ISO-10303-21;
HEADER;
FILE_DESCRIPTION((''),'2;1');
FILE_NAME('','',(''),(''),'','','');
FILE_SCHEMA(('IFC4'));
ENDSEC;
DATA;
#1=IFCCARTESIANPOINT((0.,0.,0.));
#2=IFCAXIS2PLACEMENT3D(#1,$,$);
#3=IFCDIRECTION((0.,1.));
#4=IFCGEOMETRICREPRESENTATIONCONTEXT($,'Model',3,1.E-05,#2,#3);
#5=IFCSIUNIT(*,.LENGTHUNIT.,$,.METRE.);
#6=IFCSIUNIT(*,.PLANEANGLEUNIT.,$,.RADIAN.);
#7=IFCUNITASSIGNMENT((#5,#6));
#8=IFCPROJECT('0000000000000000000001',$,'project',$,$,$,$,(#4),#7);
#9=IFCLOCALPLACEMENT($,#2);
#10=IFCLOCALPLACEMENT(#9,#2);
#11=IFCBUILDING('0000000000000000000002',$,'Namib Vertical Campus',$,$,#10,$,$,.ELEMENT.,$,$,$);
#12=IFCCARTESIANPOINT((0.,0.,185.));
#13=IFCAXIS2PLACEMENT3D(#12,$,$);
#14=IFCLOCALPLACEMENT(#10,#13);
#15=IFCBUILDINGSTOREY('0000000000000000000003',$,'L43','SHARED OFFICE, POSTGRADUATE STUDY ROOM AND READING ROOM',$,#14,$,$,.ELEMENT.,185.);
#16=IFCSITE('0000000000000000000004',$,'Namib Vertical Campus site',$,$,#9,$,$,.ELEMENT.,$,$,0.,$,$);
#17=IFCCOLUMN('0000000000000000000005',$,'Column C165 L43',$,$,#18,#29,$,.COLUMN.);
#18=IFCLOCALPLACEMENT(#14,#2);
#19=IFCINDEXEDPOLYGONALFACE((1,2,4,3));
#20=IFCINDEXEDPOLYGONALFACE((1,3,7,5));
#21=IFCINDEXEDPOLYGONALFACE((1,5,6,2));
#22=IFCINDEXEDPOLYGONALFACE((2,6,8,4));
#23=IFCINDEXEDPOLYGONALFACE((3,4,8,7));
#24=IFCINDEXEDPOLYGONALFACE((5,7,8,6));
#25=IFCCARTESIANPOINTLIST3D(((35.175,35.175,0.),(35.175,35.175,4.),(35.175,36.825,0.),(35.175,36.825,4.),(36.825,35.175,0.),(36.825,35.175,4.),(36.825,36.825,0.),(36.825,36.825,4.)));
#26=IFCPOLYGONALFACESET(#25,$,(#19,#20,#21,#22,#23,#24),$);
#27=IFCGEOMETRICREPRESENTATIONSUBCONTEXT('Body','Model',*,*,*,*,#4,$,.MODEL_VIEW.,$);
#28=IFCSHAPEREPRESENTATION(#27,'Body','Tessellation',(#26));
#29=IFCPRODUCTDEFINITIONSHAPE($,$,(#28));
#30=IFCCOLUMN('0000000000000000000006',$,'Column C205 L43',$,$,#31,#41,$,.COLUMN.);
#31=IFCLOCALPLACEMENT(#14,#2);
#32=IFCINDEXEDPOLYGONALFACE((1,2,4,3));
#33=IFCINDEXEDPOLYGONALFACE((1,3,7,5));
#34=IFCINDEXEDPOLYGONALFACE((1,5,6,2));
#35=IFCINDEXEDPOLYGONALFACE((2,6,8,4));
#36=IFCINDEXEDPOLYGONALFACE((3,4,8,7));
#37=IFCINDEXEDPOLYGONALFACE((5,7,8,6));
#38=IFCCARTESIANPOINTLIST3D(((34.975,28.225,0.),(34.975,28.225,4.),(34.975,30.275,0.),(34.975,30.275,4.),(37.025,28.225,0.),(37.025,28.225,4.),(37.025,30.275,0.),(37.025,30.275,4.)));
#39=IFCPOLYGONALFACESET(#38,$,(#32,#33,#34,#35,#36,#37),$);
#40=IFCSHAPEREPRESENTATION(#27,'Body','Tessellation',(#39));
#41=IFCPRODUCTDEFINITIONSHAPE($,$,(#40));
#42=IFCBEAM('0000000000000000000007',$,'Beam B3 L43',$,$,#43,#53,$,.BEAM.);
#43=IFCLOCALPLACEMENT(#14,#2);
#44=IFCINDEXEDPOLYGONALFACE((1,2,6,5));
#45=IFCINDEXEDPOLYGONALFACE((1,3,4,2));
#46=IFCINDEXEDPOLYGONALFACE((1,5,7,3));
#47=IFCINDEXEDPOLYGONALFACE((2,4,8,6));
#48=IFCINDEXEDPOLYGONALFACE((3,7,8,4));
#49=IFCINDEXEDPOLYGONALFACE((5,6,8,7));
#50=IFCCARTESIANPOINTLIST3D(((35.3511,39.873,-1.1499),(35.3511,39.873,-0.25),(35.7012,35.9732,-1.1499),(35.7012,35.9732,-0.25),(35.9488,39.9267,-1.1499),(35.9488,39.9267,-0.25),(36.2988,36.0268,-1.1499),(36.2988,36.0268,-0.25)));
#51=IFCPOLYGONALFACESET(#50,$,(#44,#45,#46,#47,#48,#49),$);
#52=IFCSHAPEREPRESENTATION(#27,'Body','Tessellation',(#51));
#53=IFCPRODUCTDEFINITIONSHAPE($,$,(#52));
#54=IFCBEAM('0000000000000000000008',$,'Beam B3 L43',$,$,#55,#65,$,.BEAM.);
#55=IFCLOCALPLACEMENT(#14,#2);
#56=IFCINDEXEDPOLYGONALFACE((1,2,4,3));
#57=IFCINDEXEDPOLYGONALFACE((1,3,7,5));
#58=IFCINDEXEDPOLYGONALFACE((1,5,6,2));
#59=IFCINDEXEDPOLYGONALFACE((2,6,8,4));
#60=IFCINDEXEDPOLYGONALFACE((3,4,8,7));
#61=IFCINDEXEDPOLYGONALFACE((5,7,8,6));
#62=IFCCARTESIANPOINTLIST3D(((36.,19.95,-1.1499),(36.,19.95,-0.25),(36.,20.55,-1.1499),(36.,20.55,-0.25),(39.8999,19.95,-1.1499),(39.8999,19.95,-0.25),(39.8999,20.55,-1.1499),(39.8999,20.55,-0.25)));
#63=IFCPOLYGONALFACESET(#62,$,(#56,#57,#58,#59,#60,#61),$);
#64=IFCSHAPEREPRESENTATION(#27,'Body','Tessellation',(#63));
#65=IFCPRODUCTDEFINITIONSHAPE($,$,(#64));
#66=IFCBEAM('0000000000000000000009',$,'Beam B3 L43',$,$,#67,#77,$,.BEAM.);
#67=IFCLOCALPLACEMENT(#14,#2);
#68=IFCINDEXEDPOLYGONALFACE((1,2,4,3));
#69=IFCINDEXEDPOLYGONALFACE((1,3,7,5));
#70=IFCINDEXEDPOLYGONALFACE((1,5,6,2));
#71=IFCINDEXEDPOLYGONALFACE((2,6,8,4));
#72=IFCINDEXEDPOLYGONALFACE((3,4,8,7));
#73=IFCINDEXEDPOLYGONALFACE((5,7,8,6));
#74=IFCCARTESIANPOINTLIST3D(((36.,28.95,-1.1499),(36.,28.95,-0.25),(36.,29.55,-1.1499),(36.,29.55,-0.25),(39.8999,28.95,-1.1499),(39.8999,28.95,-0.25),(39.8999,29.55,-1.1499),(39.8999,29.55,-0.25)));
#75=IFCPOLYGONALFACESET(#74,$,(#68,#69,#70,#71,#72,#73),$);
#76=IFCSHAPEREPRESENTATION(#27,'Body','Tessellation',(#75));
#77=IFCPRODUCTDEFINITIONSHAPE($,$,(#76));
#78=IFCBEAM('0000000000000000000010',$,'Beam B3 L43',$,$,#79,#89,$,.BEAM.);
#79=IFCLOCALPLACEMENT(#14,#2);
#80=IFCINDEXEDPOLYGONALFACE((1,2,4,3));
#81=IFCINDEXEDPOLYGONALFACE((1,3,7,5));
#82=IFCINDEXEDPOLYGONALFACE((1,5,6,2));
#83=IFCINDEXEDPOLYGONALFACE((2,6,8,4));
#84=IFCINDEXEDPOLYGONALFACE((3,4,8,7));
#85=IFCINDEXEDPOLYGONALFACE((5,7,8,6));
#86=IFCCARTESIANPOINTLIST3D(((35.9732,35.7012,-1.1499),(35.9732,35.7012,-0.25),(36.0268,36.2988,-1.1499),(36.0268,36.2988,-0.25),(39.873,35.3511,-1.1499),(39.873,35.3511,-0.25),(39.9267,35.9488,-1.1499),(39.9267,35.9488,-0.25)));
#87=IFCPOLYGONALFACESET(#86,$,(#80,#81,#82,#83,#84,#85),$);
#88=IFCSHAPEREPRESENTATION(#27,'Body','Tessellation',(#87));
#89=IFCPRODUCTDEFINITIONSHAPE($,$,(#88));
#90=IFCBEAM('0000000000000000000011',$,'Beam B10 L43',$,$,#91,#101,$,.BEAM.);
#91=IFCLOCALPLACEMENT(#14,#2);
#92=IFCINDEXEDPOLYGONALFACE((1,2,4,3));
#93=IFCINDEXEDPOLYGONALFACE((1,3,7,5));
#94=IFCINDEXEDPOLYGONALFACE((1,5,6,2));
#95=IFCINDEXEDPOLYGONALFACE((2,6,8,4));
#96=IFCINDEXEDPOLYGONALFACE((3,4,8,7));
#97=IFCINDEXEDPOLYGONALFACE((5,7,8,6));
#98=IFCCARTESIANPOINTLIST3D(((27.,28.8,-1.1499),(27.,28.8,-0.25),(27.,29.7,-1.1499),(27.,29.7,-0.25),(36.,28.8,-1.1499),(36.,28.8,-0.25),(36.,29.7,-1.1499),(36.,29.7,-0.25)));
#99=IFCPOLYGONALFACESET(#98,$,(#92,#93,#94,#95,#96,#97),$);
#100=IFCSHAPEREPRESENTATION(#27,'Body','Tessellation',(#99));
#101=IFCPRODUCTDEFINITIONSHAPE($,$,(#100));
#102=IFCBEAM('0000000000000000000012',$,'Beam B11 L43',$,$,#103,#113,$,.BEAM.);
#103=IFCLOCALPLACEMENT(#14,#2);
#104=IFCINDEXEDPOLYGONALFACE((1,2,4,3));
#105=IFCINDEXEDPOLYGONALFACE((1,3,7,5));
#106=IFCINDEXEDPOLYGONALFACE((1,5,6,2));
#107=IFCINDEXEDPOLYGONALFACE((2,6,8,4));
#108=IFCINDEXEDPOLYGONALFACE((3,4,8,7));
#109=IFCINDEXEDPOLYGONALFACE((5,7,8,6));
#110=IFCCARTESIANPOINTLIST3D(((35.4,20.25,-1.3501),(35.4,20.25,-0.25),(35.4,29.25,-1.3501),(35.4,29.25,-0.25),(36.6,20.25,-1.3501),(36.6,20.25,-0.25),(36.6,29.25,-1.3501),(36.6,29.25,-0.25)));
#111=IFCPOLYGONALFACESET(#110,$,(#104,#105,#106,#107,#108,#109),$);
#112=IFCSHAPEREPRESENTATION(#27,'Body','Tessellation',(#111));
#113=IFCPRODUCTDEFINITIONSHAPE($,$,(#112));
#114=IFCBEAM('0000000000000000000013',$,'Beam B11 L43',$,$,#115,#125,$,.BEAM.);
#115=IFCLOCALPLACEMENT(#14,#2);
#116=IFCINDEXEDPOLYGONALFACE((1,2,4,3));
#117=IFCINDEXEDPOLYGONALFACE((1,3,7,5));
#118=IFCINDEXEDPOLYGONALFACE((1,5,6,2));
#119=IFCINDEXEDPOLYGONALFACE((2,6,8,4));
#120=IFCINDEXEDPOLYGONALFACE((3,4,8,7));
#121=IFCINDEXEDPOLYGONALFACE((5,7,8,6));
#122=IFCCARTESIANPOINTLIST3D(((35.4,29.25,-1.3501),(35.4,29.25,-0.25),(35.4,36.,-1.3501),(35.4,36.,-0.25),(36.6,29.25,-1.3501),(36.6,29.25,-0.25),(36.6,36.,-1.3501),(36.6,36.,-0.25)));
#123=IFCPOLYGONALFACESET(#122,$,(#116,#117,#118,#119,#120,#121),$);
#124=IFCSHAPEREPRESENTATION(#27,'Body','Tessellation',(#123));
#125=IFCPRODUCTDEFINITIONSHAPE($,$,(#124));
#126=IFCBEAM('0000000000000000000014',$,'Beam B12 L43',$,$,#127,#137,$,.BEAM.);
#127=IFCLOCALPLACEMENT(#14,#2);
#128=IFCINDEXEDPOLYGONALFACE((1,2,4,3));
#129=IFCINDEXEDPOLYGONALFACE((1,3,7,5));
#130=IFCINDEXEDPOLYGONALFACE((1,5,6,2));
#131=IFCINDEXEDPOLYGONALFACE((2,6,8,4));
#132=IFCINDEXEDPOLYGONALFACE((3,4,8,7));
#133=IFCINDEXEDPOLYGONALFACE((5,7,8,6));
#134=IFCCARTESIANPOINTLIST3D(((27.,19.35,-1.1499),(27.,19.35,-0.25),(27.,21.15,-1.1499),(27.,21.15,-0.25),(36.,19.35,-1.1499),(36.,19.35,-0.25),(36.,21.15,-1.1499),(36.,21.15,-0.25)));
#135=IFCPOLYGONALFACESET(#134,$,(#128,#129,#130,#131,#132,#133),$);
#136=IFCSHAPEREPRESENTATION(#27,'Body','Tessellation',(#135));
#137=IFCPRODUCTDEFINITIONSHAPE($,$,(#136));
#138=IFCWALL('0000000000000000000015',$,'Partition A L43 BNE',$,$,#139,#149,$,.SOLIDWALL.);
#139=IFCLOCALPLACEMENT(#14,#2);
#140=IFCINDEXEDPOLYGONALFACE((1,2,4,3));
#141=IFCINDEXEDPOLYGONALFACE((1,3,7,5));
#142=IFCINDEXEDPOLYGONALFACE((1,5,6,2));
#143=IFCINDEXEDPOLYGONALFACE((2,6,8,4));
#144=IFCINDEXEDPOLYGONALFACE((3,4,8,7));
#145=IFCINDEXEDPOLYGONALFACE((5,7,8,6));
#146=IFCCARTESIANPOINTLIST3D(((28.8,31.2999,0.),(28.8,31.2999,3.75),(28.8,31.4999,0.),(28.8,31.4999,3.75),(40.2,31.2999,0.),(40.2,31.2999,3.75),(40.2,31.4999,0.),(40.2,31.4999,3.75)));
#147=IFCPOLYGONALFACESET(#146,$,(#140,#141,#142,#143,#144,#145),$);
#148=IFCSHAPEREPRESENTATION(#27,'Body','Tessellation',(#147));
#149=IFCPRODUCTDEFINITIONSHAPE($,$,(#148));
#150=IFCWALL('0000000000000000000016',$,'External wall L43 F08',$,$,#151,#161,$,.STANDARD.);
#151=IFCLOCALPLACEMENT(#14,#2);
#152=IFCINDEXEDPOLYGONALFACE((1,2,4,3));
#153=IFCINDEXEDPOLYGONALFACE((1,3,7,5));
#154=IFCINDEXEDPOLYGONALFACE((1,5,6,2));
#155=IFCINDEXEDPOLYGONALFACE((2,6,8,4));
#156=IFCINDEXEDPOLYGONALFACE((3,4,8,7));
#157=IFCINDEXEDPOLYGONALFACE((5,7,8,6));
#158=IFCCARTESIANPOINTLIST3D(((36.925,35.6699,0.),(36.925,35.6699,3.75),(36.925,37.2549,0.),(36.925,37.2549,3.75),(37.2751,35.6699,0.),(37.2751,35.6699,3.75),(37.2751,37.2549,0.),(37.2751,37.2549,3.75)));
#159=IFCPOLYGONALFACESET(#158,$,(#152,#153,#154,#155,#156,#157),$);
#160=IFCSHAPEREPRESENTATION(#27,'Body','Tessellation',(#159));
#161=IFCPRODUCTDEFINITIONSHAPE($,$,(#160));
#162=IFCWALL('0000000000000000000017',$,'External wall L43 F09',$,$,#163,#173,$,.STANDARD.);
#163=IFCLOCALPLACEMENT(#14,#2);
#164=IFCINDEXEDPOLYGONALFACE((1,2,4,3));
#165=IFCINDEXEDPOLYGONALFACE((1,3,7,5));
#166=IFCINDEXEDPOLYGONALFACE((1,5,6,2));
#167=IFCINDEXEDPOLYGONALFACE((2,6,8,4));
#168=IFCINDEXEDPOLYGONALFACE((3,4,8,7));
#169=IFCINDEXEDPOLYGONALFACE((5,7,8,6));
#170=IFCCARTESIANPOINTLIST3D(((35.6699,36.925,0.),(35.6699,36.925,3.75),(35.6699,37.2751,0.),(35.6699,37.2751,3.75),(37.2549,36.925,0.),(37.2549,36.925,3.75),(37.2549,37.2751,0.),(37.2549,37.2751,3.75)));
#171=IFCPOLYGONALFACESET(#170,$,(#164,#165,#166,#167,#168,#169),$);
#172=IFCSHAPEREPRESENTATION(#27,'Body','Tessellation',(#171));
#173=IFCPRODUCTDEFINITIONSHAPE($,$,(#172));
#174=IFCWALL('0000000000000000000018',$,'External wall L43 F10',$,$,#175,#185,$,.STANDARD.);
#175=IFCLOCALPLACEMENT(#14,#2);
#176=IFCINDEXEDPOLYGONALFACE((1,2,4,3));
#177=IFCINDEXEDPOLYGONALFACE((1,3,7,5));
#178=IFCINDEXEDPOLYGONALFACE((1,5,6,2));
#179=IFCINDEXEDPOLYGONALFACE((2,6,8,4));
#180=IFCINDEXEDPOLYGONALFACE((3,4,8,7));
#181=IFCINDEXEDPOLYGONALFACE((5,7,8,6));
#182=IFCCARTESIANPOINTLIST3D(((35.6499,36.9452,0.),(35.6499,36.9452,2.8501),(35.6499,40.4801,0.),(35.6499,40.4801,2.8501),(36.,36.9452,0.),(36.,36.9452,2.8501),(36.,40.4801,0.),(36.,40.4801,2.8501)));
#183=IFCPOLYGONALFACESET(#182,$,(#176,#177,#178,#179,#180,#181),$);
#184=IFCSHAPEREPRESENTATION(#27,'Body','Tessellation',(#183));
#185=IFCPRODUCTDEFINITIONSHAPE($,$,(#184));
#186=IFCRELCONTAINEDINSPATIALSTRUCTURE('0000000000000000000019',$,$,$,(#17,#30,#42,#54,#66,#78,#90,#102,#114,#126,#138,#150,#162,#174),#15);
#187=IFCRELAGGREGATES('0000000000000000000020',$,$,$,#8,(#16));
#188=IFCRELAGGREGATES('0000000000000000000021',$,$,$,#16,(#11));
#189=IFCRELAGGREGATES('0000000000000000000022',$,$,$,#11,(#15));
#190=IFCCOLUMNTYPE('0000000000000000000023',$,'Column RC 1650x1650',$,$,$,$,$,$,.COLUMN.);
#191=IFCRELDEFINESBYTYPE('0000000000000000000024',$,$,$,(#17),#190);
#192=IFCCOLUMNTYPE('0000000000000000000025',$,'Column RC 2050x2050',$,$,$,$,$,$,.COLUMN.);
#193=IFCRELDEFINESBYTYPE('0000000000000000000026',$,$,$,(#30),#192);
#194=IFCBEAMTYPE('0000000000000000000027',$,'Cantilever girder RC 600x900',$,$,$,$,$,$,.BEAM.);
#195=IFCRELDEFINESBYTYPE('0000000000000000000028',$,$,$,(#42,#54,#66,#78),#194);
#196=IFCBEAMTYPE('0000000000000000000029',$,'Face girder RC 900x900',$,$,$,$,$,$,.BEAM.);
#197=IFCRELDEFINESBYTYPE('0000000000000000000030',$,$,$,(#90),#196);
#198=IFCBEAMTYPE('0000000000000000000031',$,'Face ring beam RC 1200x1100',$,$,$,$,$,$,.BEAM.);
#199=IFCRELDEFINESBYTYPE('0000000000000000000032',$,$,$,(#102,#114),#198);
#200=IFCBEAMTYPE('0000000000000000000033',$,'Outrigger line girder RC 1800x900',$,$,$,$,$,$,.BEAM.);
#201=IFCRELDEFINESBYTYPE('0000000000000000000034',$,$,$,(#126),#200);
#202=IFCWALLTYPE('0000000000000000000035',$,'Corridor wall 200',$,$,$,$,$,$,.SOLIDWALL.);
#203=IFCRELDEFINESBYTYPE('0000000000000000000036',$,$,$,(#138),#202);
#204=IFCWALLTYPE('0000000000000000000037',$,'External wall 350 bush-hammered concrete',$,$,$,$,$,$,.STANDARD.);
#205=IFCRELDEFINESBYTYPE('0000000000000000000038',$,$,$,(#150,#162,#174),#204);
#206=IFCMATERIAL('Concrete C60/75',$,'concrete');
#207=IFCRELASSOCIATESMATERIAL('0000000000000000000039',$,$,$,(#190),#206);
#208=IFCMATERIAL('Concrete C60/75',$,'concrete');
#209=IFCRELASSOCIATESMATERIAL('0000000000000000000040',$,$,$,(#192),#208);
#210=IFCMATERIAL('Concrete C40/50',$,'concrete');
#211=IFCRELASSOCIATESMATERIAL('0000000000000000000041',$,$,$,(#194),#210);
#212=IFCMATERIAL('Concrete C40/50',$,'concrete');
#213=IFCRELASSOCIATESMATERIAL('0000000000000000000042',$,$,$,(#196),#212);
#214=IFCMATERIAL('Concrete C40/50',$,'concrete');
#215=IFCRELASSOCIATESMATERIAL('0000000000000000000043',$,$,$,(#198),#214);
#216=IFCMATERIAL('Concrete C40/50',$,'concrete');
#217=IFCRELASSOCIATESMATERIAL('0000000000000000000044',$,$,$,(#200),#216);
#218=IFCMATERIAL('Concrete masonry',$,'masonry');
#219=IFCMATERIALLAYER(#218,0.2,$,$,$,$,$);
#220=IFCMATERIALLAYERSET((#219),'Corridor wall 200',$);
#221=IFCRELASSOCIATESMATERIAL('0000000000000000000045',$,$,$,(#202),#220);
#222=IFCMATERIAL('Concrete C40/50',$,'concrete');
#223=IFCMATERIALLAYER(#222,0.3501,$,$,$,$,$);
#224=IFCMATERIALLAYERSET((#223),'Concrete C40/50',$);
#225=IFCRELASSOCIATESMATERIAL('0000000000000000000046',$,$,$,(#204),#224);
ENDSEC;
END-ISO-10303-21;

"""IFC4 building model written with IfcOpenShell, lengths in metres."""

from ifc_helpers import new_model, si_unit, direction, frame, frame_2d, origin, origin_2d, place, context, subcontext, project, spatial, rectangle, extrude, material, layer, layer_set, material_profile, profile_set, type_object, element, save


model = new_model("IFC4")

# Units and contexts
model_context = context("Model", 3, precision=1e-05, world=origin(), true_north=direction((0.0, 1.0)))
body_context = subcontext(model_context, "Body", "Model", "MODEL_VIEW")
ifc_project = project(units=[si_unit("LENGTHUNIT", "METRE"), si_unit("PLANEANGLEUNIT", "RADIAN")], contexts=[model_context])

# Site, building, storey
site_placement = place(None, origin())
site = spatial("IfcSite", under=ifc_project, at=site_placement, Name="Namib Vertical Campus site", CompositionType="ELEMENT", RefElevation=0.0)
building_placement = place(site_placement, origin())
building = spatial("IfcBuilding", under=site, at=building_placement, Name="Namib Vertical Campus", CompositionType="ELEMENT")
storey_placement = place(building_placement, frame((0.0, 0.0, 185.0)))
storey = spatial("IfcBuildingStorey", under=building, at=storey_placement, Name="L43", Description="SHARED OFFICE, POSTGRADUATE STUDY ROOM AND READING ROOM", CompositionType="ELEMENT", Elevation=185.0)

# Columns
ifc_material_1 = material(Name="Concrete C60/75", Category="concrete")
ifc_material_profile_1 = material_profile(ifc_material_1, rectangle(XDim=1.6499, YDim=1.6499, at=origin_2d()))
ifc_profile_set_1 = profile_set([ifc_material_profile_1], Name="Concrete C60/75")
column_type_1 = type_object("IfcColumnType", Name="Column RC 1650x1650", PredefinedType="COLUMN", material=ifc_profile_set_1)
column_1_placement = place(storey_placement, frame((36.0, 36.0, 0.0), z_axis=(0.0, 0.0, 1.0), x_axis=(1.0, 0.0, 0.0)))
element("IfcColumn", 1, at=column_1_placement, inside=storey, type_object=column_type_1, Name="Column C165 L43", PredefinedType="COLUMN", context=body_context, shape_type="SweptSolid", body=[
    extrude(rectangle(XDim=1.6499, YDim=1.6499, at=origin_2d()), origin(), (0.0, 0.0, 1.0), 4.0),
])
ifc_material_2 = material(Name="Concrete C60/75", Category="concrete")
ifc_material_profile_2 = material_profile(ifc_material_2, rectangle(XDim=2.05, YDim=2.05, at=origin_2d()))
ifc_profile_set_2 = profile_set([ifc_material_profile_2], Name="Concrete C60/75")
column_type_2 = type_object("IfcColumnType", Name="Column RC 2050x2050", PredefinedType="COLUMN", material=ifc_profile_set_2)
column_2_placement = place(storey_placement, frame((36.0, 29.25, 0.0), z_axis=(0.0, 0.0, 1.0), x_axis=(1.0, 0.0, 0.0)))
element("IfcColumn", 2, at=column_2_placement, inside=storey, type_object=column_type_2, Name="Column C205 L43", PredefinedType="COLUMN", context=body_context, shape_type="SweptSolid", body=[
    extrude(rectangle(XDim=2.05, YDim=2.05, at=origin_2d()), origin(), (0.0, 0.0, 1.0), 4.0),
])

# Beams
ifc_material_3 = material(Name="Concrete C40/50", Category="concrete")
ifc_material_profile_3 = material_profile(ifc_material_3, rectangle(XDim=0.6001, YDim=0.8999, at=origin_2d()))
ifc_profile_set_3 = profile_set([ifc_material_profile_3], Name="Concrete C40/50")
beam_type_1 = type_object("IfcBeamType", Name="Cantilever girder RC 600x900", PredefinedType="BEAM", material=ifc_profile_set_3)
beam_1_placement = place(storey_placement, frame((36.0, 36.0, -0.7), z_axis=(-0.089411, 0.995995, 0.0), x_axis=(-0.995995, -0.089411, 0.0)))
element("IfcBeam", 3, at=beam_1_placement, inside=storey, type_object=beam_type_1, Name="Beam B3 L43", PredefinedType="BEAM", context=body_context, shape_type="SweptSolid", body=[
    extrude(rectangle(XDim=0.6001, YDim=0.8999, at=origin_2d()), origin(), (0.0, 0.0, 1.0), 3.9155),
])
for number, where, z_axis, x_axis, name in (
    (4, (36.0, 20.25, -0.7), (1.0, 0.0, 0.0), (0.0, 1.0, 0.0), "Beam B3 L43"),
    (5, (36.0, 29.25, -0.7), (1.0, 0.0, 0.0), (0.0, 1.0, 0.0), "Beam B3 L43"),
):
    element("IfcBeam", number, at=place(storey_placement, frame(where, z_axis=z_axis, x_axis=x_axis)), inside=storey, type_object=beam_type_1, Name=name, PredefinedType="BEAM", context=body_context, shape_type="SweptSolid", body=[
        extrude(rectangle(XDim=0.6001, YDim=0.8999, at=origin_2d()), origin(), (0.0, 0.0, 1.0), 3.8999),
    ])
beam_2_placement = place(storey_placement, frame((36.0, 36.0, -0.7), z_axis=(0.995995, -0.089411, 0.0), x_axis=(0.089411, 0.995995, 0.0)))
element("IfcBeam", 6, at=beam_2_placement, inside=storey, type_object=beam_type_1, Name="Beam B3 L43", PredefinedType="BEAM", context=body_context, shape_type="SweptSolid", body=[
    extrude(rectangle(XDim=0.6001, YDim=0.8999, at=origin_2d()), origin(), (0.0, 0.0, 1.0), 3.9155),
])
ifc_material_4 = material(Name="Concrete C40/50", Category="concrete")
ifc_material_profile_4 = material_profile(ifc_material_4, rectangle(XDim=0.8999, YDim=0.8999, at=origin_2d()))
ifc_profile_set_4 = profile_set([ifc_material_profile_4], Name="Concrete C40/50")
beam_type_2 = type_object("IfcBeamType", Name="Face girder RC 900x900", PredefinedType="BEAM", material=ifc_profile_set_4)
beam_3_placement = place(storey_placement, frame((36.0, 29.25, -0.7), z_axis=(-1.0, 0.0, 0.0), x_axis=(0.0, -1.0, 0.0)))
element("IfcBeam", 7, at=beam_3_placement, inside=storey, type_object=beam_type_2, Name="Beam B10 L43", PredefinedType="BEAM", context=body_context, shape_type="SweptSolid", body=[
    extrude(rectangle(XDim=0.8999, YDim=0.8999, at=origin_2d()), origin(), (0.0, 0.0, 1.0), 9.0),
])
ifc_material_5 = material(Name="Concrete C40/50", Category="concrete")
ifc_material_profile_5 = material_profile(ifc_material_5, rectangle(XDim=1.2, YDim=1.1001, at=origin_2d()))
ifc_profile_set_5 = profile_set([ifc_material_profile_5], Name="Concrete C40/50")
beam_type_3 = type_object("IfcBeamType", Name="Face ring beam RC 1200x1100", PredefinedType="BEAM", material=ifc_profile_set_5)
beam_4_placement = place(storey_placement, frame((36.0, 20.25, -0.8), z_axis=(0.0, 1.0, 0.0), x_axis=(-1.0, 0.0, 0.0)))
element("IfcBeam", 8, at=beam_4_placement, inside=storey, type_object=beam_type_3, Name="Beam B11 L43", PredefinedType="BEAM", context=body_context, shape_type="SweptSolid", body=[
    extrude(rectangle(XDim=1.2, YDim=1.1001, at=origin_2d()), origin(), (0.0, 0.0, 1.0), 9.0),
])
beam_5_placement = place(storey_placement, frame((36.0, 29.25, -0.8), z_axis=(0.0, 1.0, 0.0), x_axis=(-1.0, 0.0, 0.0)))
element("IfcBeam", 9, at=beam_5_placement, inside=storey, type_object=beam_type_3, Name="Beam B11 L43", PredefinedType="BEAM", context=body_context, shape_type="SweptSolid", body=[
    extrude(rectangle(XDim=1.2, YDim=1.1001, at=origin_2d()), origin(), (0.0, 0.0, 1.0), 6.75),
])
ifc_material_6 = material(Name="Concrete C40/50", Category="concrete")
ifc_material_profile_6 = material_profile(ifc_material_6, rectangle(XDim=1.8, YDim=0.8999, at=origin_2d()))
ifc_profile_set_6 = profile_set([ifc_material_profile_6], Name="Concrete C40/50")
beam_type_4 = type_object("IfcBeamType", Name="Outrigger line girder RC 1800x900", PredefinedType="BEAM", material=ifc_profile_set_6)
beam_6_placement = place(storey_placement, frame((36.0, 20.25, -0.7), z_axis=(-1.0, 0.0, 0.0), x_axis=(0.0, -1.0, 0.0)))
element("IfcBeam", 10, at=beam_6_placement, inside=storey, type_object=beam_type_4, Name="Beam B12 L43", PredefinedType="BEAM", context=body_context, shape_type="SweptSolid", body=[
    extrude(rectangle(XDim=1.8, YDim=0.8999, at=origin_2d()), origin(), (0.0, 0.0, 1.0), 9.0),
])

# Walls
ifc_material_7 = material(Name="Concrete masonry", Category="masonry")
ifc_layer_1 = layer(ifc_material_7, 0.2)
ifc_layer_set_1 = layer_set([ifc_layer_1], Name="Corridor wall 200")
wall_type_1 = type_object("IfcWallType", Name="Corridor wall 200", PredefinedType="SOLIDWALL", material=ifc_layer_set_1)
wall_1_placement = place(storey_placement, frame((28.8, 31.3999, 0.0), z_axis=(0.0, 0.0, 1.0), x_axis=(1.0, 0.0, 0.0)))
element("IfcWall", 11, at=wall_1_placement, inside=storey, type_object=wall_type_1, Name="Partition A L43 BNE", PredefinedType="SOLIDWALL", context=body_context, shape_type="SweptSolid", body=[
    extrude(rectangle(XDim=11.3999, YDim=0.2, at=frame_2d((5.7, 0.0))), origin(), (0.0, 0.0, 1.0), 3.75),
])
ifc_material_8 = material(Name="Concrete C40/50", Category="concrete")
ifc_layer_2 = layer(ifc_material_8, 0.3501)
ifc_layer_set_2 = layer_set([ifc_layer_2], Name="Concrete C40/50")
wall_type_2 = type_object("IfcWallType", Name="External wall 350 bush-hammered concrete", PredefinedType="STANDARD", material=ifc_layer_set_2)
for number, where, z_axis, x_axis, name in (
    (12, (37.1001, 35.6699, 0.0), (0.0, 0.0, 1.0), (0.0, 1.0, 0.0), "External wall L43 F08"),
    (13, (37.2549, 37.1001, 0.0), (0.0, 0.0, 1.0), (-1.0, 0.0, 0.0), "External wall L43 F09"),
):
    element("IfcWall", number, at=place(storey_placement, frame(where, z_axis=z_axis, x_axis=x_axis)), inside=storey, type_object=wall_type_2, Name=name, PredefinedType="STANDARD", context=body_context, shape_type="SweptSolid", body=[
        extrude(rectangle(XDim=1.585, YDim=0.3501, at=frame_2d((0.7925, 0.0))), origin(), (0.0, 0.0, 1.0), 3.75),
    ])
wall_2_placement = place(storey_placement, frame((35.825, 36.9451, 0.0), z_axis=(0.0, 0.0, 1.0), x_axis=(0.0, 1.0, 0.0)))
element("IfcWall", 14, at=wall_2_placement, inside=storey, type_object=wall_type_2, Name="External wall L43 F10", PredefinedType="STANDARD", context=body_context, shape_type="SweptSolid", body=[
    extrude(rectangle(XDim=3.5349, YDim=0.3501, at=frame_2d((1.7676, 0.0))), origin(), (0.0, 0.0, 1.0), 2.8501),
])

save(model, "model.ifc")
